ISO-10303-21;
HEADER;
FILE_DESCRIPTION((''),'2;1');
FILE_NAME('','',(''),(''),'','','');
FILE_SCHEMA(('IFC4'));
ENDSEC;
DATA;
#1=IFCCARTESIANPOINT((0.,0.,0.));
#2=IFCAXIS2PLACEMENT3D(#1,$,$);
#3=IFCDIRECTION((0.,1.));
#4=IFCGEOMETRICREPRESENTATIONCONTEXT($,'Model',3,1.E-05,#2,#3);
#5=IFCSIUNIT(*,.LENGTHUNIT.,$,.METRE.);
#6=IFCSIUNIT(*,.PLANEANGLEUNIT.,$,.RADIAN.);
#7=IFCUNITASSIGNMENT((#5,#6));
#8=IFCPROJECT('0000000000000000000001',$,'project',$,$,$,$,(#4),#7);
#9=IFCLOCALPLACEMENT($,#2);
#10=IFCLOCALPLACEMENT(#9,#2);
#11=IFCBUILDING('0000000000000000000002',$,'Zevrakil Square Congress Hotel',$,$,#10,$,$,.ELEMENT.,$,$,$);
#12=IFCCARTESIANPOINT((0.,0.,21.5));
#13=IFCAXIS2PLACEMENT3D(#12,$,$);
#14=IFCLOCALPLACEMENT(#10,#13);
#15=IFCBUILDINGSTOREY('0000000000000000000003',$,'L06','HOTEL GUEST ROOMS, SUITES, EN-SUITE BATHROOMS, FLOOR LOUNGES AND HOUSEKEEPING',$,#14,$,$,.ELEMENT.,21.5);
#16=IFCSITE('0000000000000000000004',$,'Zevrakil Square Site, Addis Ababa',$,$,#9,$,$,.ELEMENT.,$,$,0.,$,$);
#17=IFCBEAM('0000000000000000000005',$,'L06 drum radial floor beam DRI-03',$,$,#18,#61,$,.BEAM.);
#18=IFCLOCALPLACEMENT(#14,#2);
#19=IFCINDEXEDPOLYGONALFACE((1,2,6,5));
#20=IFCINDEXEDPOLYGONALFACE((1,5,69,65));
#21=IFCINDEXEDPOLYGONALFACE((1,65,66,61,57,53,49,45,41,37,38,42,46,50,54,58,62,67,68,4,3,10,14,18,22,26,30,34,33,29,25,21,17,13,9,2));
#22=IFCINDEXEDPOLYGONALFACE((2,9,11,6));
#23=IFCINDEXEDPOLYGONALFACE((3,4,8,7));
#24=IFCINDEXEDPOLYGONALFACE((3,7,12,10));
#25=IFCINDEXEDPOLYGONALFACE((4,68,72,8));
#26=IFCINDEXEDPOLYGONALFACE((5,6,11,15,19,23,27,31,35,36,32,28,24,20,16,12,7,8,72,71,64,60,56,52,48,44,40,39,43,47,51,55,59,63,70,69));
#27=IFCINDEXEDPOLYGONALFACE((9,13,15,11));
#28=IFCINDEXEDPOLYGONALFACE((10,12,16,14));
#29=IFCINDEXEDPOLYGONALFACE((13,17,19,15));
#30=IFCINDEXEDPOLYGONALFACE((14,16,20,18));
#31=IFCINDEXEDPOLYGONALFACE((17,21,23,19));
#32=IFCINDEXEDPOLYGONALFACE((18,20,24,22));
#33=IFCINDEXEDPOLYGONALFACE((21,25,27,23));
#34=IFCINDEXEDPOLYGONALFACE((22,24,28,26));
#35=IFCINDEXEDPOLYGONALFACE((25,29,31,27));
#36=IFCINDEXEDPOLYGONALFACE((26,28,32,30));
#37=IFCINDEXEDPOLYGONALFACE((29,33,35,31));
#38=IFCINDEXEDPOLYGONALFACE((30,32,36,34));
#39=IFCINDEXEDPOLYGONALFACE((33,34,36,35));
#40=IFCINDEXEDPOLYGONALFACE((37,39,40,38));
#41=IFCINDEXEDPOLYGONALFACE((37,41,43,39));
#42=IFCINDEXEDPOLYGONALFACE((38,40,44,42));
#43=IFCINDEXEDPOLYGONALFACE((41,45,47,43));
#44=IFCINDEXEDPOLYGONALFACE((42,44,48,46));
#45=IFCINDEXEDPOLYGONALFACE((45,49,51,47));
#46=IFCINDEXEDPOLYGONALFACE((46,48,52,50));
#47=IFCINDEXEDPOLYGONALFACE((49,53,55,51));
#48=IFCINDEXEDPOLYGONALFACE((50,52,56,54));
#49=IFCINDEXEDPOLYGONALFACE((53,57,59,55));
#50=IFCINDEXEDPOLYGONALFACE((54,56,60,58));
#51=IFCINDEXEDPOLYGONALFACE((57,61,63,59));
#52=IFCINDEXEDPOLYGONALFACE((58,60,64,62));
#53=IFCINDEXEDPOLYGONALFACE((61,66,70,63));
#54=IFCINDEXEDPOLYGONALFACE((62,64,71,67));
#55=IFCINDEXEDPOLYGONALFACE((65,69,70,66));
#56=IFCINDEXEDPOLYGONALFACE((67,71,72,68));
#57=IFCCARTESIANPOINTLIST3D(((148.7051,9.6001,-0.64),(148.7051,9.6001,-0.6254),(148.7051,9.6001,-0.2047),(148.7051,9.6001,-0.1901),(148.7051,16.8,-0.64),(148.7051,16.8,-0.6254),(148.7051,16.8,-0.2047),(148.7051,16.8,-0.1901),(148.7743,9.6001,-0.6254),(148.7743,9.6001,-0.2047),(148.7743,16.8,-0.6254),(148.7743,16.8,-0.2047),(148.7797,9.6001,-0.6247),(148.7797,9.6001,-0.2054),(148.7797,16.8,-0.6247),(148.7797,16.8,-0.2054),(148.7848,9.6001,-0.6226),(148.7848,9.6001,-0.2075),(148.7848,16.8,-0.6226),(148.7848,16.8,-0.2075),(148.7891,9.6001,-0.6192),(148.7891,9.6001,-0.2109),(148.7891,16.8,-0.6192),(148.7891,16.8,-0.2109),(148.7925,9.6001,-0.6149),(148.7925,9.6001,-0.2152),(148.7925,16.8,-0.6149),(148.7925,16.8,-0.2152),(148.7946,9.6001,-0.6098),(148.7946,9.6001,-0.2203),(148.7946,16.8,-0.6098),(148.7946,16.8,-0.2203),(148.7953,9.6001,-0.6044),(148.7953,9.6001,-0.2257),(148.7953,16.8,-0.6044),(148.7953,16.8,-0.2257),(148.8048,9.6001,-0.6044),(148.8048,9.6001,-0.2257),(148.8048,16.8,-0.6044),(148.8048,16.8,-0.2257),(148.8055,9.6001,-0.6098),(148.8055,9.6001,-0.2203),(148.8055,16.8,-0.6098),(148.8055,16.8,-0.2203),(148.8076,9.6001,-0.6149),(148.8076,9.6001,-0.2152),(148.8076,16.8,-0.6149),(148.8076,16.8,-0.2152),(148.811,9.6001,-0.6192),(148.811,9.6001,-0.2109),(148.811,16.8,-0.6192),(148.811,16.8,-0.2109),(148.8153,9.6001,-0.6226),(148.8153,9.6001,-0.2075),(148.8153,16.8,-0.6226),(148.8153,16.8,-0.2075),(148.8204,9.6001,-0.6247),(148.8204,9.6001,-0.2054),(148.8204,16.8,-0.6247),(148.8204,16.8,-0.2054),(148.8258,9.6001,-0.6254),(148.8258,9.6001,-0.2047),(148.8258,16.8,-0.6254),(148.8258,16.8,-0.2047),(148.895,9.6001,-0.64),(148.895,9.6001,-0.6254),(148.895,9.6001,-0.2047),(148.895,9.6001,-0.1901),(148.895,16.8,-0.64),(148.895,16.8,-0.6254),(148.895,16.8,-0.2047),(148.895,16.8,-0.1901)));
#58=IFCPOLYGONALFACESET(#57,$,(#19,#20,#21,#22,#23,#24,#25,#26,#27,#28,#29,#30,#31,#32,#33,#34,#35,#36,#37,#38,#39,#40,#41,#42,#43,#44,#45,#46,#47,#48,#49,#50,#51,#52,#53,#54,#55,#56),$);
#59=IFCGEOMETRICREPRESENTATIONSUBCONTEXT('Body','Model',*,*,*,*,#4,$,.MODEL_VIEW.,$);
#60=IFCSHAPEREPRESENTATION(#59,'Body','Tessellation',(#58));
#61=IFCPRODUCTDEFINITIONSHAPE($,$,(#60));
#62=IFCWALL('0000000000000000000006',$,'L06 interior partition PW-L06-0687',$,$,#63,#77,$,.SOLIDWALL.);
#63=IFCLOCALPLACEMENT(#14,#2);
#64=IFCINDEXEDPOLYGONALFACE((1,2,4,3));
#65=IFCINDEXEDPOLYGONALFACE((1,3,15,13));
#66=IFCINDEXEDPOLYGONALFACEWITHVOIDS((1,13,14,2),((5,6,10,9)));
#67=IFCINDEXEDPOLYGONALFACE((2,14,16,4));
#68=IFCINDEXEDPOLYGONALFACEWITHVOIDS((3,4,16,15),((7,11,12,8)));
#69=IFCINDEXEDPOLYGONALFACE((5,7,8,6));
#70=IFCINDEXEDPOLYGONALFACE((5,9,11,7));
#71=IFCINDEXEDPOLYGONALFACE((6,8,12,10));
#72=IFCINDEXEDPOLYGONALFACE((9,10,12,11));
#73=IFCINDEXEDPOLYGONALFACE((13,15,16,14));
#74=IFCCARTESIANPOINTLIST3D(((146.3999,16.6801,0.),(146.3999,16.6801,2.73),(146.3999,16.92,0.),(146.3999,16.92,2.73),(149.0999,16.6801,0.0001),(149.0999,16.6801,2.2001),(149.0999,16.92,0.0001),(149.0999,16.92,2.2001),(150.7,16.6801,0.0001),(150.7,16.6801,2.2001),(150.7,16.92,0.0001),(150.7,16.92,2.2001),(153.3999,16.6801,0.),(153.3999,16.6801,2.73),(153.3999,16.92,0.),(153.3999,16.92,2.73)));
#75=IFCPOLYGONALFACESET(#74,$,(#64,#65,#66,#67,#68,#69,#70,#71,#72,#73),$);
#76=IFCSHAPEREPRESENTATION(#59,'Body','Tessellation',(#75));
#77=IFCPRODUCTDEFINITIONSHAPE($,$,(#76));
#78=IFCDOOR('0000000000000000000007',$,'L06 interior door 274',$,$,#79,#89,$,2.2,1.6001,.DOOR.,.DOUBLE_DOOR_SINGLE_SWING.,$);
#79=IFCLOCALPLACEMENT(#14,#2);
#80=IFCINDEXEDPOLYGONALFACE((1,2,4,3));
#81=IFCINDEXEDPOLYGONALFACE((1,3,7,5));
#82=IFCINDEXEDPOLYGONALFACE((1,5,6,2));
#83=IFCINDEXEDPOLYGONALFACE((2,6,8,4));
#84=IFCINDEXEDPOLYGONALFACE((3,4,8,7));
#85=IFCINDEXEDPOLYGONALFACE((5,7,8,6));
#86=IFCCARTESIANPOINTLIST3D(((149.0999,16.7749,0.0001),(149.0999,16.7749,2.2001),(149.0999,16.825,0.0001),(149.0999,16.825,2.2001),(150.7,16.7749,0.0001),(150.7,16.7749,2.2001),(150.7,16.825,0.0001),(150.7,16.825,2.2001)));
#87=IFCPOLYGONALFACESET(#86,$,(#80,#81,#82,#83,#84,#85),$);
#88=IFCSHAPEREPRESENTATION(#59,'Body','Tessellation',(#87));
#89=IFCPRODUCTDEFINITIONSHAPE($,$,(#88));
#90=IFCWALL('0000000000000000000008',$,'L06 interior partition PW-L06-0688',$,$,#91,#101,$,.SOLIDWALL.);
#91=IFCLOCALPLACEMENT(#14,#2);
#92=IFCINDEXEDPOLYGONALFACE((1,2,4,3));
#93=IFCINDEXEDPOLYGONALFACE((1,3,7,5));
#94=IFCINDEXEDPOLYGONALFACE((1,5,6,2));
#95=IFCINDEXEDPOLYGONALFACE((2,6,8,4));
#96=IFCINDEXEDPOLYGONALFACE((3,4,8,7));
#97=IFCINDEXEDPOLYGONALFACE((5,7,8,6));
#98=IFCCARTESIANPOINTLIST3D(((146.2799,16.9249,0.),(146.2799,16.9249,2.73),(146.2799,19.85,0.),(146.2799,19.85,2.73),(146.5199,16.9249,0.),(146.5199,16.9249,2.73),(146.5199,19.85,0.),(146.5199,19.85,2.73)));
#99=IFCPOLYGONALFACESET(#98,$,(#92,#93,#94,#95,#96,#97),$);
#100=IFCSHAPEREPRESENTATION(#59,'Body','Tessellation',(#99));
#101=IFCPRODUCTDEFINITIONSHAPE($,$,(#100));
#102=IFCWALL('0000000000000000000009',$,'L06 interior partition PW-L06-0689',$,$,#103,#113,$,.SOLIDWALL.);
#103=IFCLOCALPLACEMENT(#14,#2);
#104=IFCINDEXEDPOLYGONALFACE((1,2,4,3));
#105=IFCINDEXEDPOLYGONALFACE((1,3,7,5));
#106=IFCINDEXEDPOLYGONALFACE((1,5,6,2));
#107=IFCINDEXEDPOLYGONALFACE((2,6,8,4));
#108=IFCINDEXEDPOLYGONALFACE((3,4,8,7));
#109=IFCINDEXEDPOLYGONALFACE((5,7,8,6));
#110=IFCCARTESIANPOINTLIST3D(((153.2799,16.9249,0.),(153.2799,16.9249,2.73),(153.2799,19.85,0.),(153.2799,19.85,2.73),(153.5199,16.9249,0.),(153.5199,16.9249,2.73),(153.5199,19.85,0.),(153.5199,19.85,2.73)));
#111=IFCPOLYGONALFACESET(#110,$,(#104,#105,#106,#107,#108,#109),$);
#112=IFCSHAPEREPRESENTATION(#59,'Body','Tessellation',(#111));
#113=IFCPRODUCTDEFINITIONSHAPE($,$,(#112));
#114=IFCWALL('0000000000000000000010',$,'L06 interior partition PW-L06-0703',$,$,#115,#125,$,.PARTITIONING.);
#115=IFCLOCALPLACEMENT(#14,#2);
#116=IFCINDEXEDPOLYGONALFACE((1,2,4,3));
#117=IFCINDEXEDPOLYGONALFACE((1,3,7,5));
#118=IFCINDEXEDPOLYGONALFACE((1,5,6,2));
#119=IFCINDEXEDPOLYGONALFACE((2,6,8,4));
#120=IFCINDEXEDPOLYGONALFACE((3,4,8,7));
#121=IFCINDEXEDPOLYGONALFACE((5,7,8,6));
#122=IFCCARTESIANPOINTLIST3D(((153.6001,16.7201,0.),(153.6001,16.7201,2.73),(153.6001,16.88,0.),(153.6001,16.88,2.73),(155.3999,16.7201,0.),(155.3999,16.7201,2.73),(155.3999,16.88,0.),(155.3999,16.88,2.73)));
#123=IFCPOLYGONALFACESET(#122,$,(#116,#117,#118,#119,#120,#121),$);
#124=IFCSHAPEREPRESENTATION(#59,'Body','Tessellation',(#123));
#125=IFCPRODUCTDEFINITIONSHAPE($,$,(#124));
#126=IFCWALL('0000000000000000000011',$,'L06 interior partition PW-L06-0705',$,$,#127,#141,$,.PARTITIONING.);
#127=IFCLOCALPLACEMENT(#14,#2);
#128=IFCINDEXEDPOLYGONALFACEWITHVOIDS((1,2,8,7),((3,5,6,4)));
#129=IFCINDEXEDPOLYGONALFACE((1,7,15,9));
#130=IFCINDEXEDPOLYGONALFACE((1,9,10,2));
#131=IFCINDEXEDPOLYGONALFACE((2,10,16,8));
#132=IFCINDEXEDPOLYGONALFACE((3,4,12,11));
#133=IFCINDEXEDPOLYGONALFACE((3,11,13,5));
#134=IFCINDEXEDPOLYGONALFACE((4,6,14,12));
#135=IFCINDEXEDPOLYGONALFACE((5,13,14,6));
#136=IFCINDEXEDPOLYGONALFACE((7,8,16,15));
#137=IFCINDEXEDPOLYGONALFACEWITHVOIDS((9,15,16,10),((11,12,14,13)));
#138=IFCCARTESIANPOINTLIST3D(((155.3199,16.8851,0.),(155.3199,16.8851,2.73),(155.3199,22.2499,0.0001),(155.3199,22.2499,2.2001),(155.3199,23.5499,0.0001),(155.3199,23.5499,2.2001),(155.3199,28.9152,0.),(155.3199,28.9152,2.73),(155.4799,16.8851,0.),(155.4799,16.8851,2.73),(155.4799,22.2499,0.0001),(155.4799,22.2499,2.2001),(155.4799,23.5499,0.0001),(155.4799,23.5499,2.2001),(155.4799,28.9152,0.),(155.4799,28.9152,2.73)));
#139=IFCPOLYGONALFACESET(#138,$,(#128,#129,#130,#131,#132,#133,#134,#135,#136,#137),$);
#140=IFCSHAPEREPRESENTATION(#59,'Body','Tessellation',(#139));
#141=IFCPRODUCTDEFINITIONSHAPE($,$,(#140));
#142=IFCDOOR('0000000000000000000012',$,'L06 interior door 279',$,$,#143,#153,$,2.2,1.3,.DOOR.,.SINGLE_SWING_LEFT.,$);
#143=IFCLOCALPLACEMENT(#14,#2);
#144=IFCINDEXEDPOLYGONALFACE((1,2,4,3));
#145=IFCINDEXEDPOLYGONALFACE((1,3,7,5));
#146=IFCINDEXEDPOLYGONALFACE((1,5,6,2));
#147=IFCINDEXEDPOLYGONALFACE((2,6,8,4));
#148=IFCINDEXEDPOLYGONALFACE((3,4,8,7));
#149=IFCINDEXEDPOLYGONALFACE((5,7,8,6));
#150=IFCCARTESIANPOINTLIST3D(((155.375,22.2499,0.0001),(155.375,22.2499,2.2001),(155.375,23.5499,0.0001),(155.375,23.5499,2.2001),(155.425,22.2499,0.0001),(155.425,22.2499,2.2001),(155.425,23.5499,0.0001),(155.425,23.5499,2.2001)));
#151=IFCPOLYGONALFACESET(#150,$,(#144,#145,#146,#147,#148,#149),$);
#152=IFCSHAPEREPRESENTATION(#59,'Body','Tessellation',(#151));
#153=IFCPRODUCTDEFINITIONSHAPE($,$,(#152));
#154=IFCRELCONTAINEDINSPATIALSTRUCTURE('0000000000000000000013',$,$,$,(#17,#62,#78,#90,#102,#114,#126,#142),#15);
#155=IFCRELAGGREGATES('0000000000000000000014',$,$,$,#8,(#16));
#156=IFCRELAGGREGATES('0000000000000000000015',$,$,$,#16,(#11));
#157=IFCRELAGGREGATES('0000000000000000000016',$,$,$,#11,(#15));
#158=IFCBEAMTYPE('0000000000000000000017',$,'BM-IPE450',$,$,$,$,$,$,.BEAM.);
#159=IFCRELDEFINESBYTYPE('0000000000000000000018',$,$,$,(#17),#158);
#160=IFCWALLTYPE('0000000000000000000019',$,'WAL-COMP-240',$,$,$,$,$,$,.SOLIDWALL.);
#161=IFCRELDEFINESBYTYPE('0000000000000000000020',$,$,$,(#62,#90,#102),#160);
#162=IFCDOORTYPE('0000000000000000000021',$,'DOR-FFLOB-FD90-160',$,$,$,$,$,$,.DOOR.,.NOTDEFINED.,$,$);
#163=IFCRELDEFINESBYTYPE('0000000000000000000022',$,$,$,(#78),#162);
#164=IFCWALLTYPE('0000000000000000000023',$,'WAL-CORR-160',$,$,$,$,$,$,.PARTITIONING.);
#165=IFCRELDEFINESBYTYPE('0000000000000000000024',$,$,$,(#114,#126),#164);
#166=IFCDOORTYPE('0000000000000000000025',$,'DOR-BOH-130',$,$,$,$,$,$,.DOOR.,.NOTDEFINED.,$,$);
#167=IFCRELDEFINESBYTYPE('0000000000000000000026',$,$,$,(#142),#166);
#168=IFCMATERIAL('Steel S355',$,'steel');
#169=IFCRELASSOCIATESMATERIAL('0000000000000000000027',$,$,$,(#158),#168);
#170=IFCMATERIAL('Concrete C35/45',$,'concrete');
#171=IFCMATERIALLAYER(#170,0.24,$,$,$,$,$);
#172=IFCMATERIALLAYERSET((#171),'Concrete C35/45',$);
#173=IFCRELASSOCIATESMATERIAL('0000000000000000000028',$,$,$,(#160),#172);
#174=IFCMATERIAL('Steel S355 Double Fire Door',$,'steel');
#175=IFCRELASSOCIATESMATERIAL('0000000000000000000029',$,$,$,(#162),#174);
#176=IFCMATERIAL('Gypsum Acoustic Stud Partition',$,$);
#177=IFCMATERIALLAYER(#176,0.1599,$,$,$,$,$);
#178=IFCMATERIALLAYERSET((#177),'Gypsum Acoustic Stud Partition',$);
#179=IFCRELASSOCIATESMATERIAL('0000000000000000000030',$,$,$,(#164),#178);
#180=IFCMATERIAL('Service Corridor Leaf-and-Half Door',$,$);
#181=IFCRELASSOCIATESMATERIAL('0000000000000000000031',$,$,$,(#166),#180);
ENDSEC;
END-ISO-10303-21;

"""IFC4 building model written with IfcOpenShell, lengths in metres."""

from ifc_helpers import new_model, si_unit, direction, frame, frame_2d, origin, origin_2d, place, context, subcontext, project, spatial, rectangle, i_section, extrude, material, layer, layer_set, material_profile, profile_set, type_object, element, fill, save


model = new_model("IFC4")

# Units and contexts
model_context = context("Model", 3, precision=1e-05, world=origin(), true_north=direction((0.0, 1.0)))
body_context = subcontext(model_context, "Body", "Model", "MODEL_VIEW")
ifc_project = project(units=[si_unit("LENGTHUNIT", "METRE"), si_unit("PLANEANGLEUNIT", "RADIAN")], contexts=[model_context])

# Site, building, storey
site_placement = place(None, origin())
site = spatial("IfcSite", under=ifc_project, at=site_placement, Name="Zevrakil Square Site, Addis Ababa", CompositionType="ELEMENT", RefElevation=0.0)
building_placement = place(site_placement, origin())
building = spatial("IfcBuilding", under=site, at=building_placement, Name="Zevrakil Square Congress Hotel", CompositionType="ELEMENT")
storey_placement = place(building_placement, frame((0.0, 0.0, 21.5)))
storey = spatial("IfcBuildingStorey", under=building, at=storey_placement, Name="L06", Description="HOTEL GUEST ROOMS, SUITES, EN-SUITE BATHROOMS, FLOOR LOUNGES AND HOUSEKEEPING", CompositionType="ELEMENT", Elevation=21.5)

# Beam
ifc_material_1 = material(Name="Steel S355", Category="steel")
ifc_material_profile = material_profile(ifc_material_1, i_section(OverallWidth=0.1899, OverallDepth=0.45, WebThickness=0.0095, FlangeThickness=0.0146, FilletRadius=0.021, at=origin_2d()), Name="IPE 450")
ifc_profile_set = profile_set([ifc_material_profile], Name="Steel S355")
beam_type = type_object("IfcBeamType", Name="BM-IPE450", PredefinedType="BEAM", material=ifc_profile_set)
beam_placement = place(storey_placement, frame((148.8, 16.8, -0.415), z_axis=(0.0, -1.0, 0.0), x_axis=(1.0, 0.0, 0.0)))
element("IfcBeam", 1, at=beam_placement, inside=storey, type_object=beam_type, Name="L06 drum radial floor beam DRI-03", PredefinedType="BEAM", context=body_context, shape_type="SweptSolid", body=[
    extrude(i_section(OverallWidth=0.1899, OverallDepth=0.45, WebThickness=0.0095, FlangeThickness=0.0146, FilletRadius=0.021, at=origin_2d()), origin(), (0.0, 0.0, 1.0), 7.2),
])

# Wall, opening, door
ifc_material_2 = material(Name="Concrete C35/45", Category="concrete")
ifc_layer_1 = layer(ifc_material_2, 0.24)
ifc_layer_set_1 = layer_set([ifc_layer_1], Name="Concrete C35/45")
wall_type_1 = type_object("IfcWallType", Name="WAL-COMP-240", PredefinedType="SOLIDWALL", material=ifc_layer_set_1)
wall_1_placement = place(storey_placement, frame((146.3999, 16.8, 0.0), z_axis=(0.0, 0.0, 1.0), x_axis=(1.0, 0.0, 0.0)))
wall_1 = element("IfcWall", 2, at=wall_1_placement, inside=storey, type_object=wall_type_1, Name="L06 interior partition PW-L06-0687", PredefinedType="SOLIDWALL", context=body_context, shape_type="SweptSolid", body=[
    extrude(rectangle(XDim=7.0, YDim=0.24, at=frame_2d((3.5, 0.0))), origin(), (0.0, 0.0, 1.0), 2.73),
])
opening_1_placement = place(wall_1_placement, frame((2.7, 0.0, 0.0)))
opening_1 = element("IfcOpeningElement", 3, at=opening_1_placement, cuts=wall_1, PredefinedType="OPENING", context=body_context, shape_type="SweptSolid", body=[
    extrude(rectangle(XDim=1.6001, YDim=2.2, at=frame_2d((0.8, 1.1001))), frame((0.0, 0.1299, 0.0), z_axis=(0.0, -1.0, 0.0), x_axis=(1.0, 0.0, 0.0)), (0.0, 0.0, 1.0), 0.26),
])
ifc_material_3 = material(Name="Steel S355 Double Fire Door", Category="steel")
door_type_1 = type_object("IfcDoorType", Name="DOR-FFLOB-FD90-160", OperationType="NOTDEFINED", PredefinedType="DOOR", material=ifc_material_3)
door_1_placement = place(opening_1_placement, origin())
door_1 = element("IfcDoor", 4, at=door_1_placement, inside=storey, type_object=door_type_1, Name="L06 interior door 274", OperationType="DOUBLE_DOOR_SINGLE_SWING", OverallHeight=2.2, OverallWidth=1.6001, PredefinedType="DOOR", context=body_context, shape_type="SweptSolid", body=[
    extrude(rectangle(XDim=1.6001, YDim=2.2, at=frame_2d((0.8, 1.1001))), frame((0.0, 0.0249, 0.0), z_axis=(0.0, -1.0, 0.0), x_axis=(1.0, 0.0, 0.0)), (0.0, 0.0, 1.0), 0.05),
])
fill(opening_1, door_1)

# Walls
for number, where, z_axis, x_axis, name in (
    (5, (146.3999, 16.925, 0.0), (0.0, 0.0, 1.0), (0.0, 1.0, 0.0), "L06 interior partition PW-L06-0688"),
    (6, (153.3999, 16.925, 0.0), (0.0, 0.0, 1.0), (0.0, 1.0, 0.0), "L06 interior partition PW-L06-0689"),
):
    element("IfcWall", number, at=place(storey_placement, frame(where, z_axis=z_axis, x_axis=x_axis)), inside=storey, type_object=wall_type_1, Name=name, PredefinedType="SOLIDWALL", context=body_context, shape_type="SweptSolid", body=[
        extrude(rectangle(XDim=2.925, YDim=0.24, at=frame_2d((1.4624, 0.0))), origin(), (0.0, 0.0, 1.0), 2.73),
    ])
ifc_material_4 = material(Name="Gypsum Acoustic Stud Partition")
ifc_layer_2 = layer(ifc_material_4, 0.1599)
ifc_layer_set_2 = layer_set([ifc_layer_2], Name="Gypsum Acoustic Stud Partition")
wall_type_2 = type_object("IfcWallType", Name="WAL-CORR-160", PredefinedType="PARTITIONING", material=ifc_layer_set_2)
wall_2_placement = place(storey_placement, frame((153.6001, 16.8, 0.0), z_axis=(0.0, 0.0, 1.0), x_axis=(1.0, 0.0, 0.0)))
element("IfcWall", 7, at=wall_2_placement, inside=storey, type_object=wall_type_2, Name="L06 interior partition PW-L06-0703", PredefinedType="PARTITIONING", context=body_context, shape_type="SweptSolid", body=[
    extrude(rectangle(XDim=1.7998, YDim=0.1599, at=frame_2d((0.8999, 0.0))), origin(), (0.0, 0.0, 1.0), 2.73),
])

# Wall, opening, door
wall_3_placement = place(storey_placement, frame((155.3999, 16.885, 0.0), z_axis=(0.0, 0.0, 1.0), x_axis=(0.0, 1.0, 0.0)))
wall_3 = element("IfcWall", 8, at=wall_3_placement, inside=storey, type_object=wall_type_2, Name="L06 interior partition PW-L06-0705", PredefinedType="PARTITIONING", context=body_context, shape_type="SweptSolid", body=[
    extrude(rectangle(XDim=12.03, YDim=0.1599, at=frame_2d((6.0151, 0.0))), origin(), (0.0, 0.0, 1.0), 2.73),
])
opening_2_placement = place(wall_3_placement, frame((5.365, 0.0, 0.0)))
opening_2 = element("IfcOpeningElement", 9, at=opening_2_placement, cuts=wall_3, PredefinedType="OPENING", context=body_context, shape_type="SweptSolid", body=[
    extrude(rectangle(XDim=1.3, YDim=2.2, at=frame_2d((0.6499, 1.1001))), frame((0.0, 0.0898, 0.0), z_axis=(0.0, -1.0, 0.0), x_axis=(1.0, 0.0, 0.0)), (0.0, 0.0, 1.0), 0.1799),
])
ifc_material_5 = material(Name="Service Corridor Leaf-and-Half Door")
door_type_2 = type_object("IfcDoorType", Name="DOR-BOH-130", OperationType="NOTDEFINED", PredefinedType="DOOR", material=ifc_material_5)
door_2_placement = place(opening_2_placement, origin())
door_2 = element("IfcDoor", 10, at=door_2_placement, inside=storey, type_object=door_type_2, Name="L06 interior door 279", OperationType="SINGLE_SWING_LEFT", OverallHeight=2.2, OverallWidth=1.3, PredefinedType="DOOR", context=body_context, shape_type="SweptSolid", body=[
    extrude(rectangle(XDim=1.3, YDim=2.2, at=frame_2d((0.6499, 1.1001))), frame((0.0, 0.0249, 0.0), z_axis=(0.0, -1.0, 0.0), x_axis=(1.0, 0.0, 0.0)), (0.0, 0.0, 1.0), 0.05),
])
fill(opening_2, door_2)

save(model, "model.ifc")
